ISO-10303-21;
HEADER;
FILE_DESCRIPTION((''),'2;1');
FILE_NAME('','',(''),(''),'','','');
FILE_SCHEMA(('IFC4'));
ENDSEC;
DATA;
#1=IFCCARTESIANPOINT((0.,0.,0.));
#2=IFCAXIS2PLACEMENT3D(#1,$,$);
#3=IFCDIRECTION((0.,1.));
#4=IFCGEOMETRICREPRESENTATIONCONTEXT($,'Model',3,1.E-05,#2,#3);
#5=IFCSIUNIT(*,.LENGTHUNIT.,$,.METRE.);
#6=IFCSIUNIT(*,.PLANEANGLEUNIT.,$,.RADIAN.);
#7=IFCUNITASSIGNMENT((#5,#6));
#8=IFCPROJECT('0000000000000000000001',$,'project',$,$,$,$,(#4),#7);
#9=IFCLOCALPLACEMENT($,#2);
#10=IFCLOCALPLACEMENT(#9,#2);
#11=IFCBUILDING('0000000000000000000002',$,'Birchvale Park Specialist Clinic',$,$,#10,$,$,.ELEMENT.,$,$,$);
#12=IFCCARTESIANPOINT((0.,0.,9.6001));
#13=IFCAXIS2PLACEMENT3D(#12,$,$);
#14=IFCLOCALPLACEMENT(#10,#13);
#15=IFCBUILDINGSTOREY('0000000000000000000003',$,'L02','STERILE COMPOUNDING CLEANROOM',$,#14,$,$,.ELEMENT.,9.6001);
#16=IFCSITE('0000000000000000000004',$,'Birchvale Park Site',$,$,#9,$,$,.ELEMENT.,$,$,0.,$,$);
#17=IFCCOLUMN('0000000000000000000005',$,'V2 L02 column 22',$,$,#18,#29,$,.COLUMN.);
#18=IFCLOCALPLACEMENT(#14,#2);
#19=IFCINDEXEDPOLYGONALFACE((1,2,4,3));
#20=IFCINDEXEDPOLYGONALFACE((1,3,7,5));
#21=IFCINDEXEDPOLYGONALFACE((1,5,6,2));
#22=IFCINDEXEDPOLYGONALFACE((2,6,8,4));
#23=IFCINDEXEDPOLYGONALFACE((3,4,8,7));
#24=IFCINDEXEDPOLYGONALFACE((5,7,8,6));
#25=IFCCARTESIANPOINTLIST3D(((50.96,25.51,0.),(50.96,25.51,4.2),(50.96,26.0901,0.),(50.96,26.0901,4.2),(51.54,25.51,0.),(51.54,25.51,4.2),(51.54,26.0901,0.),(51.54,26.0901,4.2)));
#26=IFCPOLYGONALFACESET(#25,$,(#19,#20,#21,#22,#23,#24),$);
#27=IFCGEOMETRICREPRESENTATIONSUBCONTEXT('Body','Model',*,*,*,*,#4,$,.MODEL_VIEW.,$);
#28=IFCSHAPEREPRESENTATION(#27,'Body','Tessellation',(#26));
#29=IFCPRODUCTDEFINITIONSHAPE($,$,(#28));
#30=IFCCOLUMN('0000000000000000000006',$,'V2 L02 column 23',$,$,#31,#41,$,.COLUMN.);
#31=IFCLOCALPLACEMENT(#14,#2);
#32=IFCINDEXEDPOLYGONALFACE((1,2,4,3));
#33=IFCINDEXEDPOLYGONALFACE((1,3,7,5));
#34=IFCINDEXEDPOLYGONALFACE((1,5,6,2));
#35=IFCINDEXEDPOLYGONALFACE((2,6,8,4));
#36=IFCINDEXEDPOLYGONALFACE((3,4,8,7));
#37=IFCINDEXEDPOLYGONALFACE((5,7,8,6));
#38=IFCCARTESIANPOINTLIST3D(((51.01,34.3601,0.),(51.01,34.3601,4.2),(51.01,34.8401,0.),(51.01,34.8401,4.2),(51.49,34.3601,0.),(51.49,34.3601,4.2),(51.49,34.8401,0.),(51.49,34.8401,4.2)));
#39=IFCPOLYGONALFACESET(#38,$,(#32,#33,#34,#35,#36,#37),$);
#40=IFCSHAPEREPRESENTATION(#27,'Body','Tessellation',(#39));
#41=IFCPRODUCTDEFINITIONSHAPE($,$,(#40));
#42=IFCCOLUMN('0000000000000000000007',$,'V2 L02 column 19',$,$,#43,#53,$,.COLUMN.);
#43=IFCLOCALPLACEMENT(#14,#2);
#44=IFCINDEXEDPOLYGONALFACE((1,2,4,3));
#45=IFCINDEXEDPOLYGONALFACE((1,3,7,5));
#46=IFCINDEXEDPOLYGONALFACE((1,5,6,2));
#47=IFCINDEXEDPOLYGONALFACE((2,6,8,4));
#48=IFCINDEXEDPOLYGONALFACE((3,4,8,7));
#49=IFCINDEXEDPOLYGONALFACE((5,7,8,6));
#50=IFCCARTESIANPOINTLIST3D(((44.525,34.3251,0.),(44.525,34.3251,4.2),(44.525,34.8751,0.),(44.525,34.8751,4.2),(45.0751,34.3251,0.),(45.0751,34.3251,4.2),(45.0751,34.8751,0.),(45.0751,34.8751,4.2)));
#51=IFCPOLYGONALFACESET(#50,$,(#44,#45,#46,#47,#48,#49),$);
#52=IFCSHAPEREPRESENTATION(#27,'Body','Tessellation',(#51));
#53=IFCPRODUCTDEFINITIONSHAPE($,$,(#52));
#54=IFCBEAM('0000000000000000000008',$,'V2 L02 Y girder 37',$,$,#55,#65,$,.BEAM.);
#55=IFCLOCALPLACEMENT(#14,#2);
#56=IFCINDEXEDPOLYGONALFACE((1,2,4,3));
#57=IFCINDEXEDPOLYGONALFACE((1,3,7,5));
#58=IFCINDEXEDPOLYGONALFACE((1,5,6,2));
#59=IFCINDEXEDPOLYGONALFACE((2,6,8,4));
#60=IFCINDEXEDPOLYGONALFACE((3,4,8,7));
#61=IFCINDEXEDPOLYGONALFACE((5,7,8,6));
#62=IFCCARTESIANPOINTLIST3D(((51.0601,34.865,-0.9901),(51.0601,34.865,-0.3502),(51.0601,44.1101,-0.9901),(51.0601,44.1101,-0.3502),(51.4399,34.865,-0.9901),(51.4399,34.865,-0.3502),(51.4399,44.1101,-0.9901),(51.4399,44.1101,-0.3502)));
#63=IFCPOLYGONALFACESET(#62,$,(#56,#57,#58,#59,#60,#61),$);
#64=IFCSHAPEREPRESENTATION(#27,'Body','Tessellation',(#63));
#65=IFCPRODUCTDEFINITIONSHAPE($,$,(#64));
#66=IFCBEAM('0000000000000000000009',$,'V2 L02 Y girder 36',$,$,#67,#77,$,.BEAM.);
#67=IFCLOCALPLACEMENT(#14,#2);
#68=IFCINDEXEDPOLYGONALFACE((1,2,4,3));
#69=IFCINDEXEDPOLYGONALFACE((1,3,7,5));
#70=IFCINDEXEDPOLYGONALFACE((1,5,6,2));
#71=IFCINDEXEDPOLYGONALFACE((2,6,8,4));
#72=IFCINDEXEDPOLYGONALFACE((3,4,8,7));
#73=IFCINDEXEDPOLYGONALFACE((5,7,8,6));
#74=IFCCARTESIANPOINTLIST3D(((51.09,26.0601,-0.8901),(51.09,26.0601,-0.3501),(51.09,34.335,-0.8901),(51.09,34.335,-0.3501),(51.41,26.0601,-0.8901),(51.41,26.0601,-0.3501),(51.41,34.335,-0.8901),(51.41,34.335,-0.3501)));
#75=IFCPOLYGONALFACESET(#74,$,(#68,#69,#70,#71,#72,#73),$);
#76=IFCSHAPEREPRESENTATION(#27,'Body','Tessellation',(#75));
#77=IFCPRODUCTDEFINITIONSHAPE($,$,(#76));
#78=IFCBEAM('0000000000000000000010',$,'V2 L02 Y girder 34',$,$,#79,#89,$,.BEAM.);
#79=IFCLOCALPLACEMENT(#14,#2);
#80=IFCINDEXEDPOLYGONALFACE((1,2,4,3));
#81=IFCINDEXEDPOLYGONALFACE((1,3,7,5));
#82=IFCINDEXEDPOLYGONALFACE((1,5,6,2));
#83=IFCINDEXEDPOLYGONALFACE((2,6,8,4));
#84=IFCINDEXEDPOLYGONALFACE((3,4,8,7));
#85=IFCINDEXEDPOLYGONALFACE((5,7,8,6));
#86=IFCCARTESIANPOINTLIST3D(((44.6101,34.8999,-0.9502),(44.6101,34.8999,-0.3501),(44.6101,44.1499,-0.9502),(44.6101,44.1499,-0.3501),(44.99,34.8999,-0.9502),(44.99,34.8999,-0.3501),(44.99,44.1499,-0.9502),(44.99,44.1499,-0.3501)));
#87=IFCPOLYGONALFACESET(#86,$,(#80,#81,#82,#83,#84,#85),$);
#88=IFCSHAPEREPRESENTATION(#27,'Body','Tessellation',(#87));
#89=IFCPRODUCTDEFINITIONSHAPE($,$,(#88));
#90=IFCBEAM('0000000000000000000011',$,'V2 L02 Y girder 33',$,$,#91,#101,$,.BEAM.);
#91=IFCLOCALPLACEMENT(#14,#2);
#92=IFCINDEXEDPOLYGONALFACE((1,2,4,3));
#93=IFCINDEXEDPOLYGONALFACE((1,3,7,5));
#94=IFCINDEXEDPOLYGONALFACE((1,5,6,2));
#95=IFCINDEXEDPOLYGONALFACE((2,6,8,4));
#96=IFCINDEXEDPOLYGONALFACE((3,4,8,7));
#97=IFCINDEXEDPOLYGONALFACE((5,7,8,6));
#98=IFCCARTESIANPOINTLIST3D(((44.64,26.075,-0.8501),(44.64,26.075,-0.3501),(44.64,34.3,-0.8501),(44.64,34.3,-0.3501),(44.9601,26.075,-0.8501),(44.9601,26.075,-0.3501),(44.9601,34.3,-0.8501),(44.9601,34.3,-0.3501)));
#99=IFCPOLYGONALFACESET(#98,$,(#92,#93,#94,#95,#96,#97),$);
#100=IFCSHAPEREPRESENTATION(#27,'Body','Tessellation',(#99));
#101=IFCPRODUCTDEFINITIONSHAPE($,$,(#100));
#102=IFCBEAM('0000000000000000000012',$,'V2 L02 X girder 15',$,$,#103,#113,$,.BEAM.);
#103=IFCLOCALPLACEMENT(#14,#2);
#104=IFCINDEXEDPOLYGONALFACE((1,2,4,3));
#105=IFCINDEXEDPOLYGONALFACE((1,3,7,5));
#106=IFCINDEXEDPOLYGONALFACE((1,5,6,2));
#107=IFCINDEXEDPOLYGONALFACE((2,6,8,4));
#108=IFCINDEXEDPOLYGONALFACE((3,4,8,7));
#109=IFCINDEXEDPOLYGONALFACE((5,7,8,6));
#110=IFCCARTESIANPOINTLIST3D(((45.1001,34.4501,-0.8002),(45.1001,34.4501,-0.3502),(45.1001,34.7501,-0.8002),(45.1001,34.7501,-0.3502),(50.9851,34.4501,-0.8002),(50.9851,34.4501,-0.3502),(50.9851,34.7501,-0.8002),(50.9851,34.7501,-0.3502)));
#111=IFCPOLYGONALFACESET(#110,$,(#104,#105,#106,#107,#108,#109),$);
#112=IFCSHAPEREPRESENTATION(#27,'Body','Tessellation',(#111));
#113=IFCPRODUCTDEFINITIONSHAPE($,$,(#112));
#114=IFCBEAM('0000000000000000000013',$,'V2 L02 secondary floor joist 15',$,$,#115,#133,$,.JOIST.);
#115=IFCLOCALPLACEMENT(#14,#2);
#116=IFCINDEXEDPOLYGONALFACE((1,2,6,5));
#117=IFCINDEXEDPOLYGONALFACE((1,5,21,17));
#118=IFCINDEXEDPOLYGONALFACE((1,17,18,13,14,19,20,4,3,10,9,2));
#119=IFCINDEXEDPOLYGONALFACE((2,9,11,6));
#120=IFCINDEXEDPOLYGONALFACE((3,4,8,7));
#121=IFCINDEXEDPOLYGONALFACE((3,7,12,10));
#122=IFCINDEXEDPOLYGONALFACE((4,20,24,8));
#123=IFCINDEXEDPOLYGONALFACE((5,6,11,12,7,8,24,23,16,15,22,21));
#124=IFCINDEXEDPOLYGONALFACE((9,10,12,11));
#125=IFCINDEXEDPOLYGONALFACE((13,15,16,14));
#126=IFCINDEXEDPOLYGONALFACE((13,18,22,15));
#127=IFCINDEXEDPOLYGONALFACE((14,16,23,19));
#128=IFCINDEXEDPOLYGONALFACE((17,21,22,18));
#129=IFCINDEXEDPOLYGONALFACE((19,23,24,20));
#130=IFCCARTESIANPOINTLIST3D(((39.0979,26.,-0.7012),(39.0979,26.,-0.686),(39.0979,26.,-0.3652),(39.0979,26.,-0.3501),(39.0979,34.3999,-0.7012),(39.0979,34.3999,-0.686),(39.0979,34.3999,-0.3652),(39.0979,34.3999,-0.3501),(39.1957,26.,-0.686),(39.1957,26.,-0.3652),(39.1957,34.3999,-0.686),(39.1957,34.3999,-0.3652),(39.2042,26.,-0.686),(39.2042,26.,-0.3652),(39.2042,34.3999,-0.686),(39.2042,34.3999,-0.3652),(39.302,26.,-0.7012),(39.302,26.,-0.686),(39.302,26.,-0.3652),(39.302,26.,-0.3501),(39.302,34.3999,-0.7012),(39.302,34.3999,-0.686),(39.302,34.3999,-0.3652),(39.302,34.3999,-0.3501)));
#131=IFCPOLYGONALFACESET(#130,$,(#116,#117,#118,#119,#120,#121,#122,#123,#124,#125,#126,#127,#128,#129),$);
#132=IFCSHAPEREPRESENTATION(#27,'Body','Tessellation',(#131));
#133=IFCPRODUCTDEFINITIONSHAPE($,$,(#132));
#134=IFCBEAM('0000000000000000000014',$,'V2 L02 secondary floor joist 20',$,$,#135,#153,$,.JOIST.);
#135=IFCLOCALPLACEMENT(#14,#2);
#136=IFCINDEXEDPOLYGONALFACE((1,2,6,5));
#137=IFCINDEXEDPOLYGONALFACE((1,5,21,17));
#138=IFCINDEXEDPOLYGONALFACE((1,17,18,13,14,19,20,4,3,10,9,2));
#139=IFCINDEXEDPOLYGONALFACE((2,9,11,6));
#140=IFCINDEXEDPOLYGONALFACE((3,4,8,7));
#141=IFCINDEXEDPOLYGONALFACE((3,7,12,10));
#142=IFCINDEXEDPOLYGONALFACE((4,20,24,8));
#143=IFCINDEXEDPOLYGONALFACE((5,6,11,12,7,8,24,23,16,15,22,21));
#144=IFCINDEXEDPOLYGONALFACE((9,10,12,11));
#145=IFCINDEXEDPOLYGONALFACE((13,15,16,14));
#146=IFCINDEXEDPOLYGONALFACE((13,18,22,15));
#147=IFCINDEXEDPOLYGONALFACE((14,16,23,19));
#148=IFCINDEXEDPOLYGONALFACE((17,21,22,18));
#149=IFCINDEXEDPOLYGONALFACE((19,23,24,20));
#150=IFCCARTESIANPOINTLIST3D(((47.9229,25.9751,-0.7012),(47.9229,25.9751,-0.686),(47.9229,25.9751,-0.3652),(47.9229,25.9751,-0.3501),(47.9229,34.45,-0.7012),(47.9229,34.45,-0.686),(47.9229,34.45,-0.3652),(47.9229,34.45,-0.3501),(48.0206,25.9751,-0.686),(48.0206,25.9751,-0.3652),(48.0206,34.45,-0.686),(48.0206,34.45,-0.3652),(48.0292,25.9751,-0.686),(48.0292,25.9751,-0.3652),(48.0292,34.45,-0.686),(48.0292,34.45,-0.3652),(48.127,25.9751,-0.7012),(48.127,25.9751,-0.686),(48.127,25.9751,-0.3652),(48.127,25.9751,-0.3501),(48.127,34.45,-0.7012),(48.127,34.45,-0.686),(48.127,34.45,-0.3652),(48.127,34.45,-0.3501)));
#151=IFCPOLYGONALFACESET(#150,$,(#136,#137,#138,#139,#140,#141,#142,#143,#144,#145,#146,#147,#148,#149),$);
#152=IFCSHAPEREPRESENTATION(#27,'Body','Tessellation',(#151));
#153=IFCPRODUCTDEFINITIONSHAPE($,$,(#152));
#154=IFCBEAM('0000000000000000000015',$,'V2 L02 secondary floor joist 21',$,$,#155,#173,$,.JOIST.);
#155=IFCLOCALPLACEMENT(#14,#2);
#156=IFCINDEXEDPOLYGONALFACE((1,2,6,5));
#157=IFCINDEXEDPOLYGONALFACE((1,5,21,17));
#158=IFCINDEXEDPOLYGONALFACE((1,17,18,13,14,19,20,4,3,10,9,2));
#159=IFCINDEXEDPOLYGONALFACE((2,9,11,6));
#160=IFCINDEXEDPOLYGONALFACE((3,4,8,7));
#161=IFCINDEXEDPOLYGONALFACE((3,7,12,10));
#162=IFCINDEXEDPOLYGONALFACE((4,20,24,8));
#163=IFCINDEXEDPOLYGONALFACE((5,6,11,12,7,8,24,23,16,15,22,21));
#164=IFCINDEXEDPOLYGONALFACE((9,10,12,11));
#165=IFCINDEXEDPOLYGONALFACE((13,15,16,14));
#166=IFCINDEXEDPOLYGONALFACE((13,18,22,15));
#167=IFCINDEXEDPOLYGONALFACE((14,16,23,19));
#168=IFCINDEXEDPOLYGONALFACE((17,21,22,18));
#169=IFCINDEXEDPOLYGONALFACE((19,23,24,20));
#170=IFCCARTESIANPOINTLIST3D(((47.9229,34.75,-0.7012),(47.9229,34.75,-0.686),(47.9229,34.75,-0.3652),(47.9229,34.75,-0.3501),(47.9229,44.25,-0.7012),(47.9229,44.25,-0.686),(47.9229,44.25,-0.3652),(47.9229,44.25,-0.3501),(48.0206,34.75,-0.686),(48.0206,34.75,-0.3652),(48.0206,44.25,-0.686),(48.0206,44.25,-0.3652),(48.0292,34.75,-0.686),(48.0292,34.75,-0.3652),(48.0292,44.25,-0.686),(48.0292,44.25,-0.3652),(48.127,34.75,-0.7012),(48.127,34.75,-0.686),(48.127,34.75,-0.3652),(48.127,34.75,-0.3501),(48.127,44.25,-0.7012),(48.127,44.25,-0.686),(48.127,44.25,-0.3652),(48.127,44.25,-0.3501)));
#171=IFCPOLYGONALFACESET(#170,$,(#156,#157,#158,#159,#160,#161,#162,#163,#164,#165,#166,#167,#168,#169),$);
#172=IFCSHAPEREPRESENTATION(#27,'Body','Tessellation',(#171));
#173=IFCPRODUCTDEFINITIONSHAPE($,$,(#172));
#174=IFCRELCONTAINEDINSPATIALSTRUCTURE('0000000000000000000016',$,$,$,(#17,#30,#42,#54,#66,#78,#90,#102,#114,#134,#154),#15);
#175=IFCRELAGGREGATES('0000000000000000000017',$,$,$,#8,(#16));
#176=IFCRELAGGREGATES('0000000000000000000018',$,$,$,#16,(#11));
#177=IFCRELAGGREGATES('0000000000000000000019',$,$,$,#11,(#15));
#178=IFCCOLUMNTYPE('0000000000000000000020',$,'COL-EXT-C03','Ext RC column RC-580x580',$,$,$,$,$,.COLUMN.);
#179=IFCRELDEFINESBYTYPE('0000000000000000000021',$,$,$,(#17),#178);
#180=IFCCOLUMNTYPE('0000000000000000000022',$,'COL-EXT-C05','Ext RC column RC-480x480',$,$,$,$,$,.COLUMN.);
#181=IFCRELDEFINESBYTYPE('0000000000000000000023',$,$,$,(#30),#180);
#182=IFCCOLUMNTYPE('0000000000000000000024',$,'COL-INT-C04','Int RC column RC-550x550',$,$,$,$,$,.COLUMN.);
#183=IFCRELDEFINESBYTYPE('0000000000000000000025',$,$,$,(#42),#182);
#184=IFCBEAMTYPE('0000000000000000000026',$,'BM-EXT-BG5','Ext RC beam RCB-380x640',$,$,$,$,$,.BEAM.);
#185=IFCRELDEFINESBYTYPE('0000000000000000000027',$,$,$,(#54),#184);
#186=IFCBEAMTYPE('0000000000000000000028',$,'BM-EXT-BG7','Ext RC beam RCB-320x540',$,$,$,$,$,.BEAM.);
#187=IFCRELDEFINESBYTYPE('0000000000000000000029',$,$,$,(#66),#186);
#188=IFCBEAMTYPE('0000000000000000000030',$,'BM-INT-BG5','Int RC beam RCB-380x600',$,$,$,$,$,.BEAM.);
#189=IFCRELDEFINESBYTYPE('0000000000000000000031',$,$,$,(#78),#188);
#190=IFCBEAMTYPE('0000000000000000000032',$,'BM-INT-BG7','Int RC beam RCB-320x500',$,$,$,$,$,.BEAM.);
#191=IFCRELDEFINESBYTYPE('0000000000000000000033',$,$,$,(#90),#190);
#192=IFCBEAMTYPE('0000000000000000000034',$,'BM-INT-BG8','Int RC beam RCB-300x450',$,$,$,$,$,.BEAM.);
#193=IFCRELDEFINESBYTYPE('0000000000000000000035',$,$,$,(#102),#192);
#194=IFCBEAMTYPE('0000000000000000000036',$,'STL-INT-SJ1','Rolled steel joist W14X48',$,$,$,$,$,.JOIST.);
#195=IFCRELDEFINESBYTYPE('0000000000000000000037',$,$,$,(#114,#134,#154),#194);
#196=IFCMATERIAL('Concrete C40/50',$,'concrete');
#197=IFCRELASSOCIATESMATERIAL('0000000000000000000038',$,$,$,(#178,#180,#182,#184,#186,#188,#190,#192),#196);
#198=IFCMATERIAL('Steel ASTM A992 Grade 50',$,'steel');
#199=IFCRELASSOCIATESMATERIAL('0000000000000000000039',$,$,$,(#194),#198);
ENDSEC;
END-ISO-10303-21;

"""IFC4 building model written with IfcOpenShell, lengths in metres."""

from ifc_helpers import new_model, si_unit, direction, frame, origin, origin_2d, place, context, subcontext, project, spatial, rectangle, i_section, extrude, material, material_profile, profile_set, type_object, element, save


model = new_model("IFC4")

# Units and contexts
model_context = context("Model", 3, precision=1e-05, world=origin(), true_north=direction((0.0, 1.0)))
body_context = subcontext(model_context, "Body", "Model", "MODEL_VIEW")
ifc_project = project(units=[si_unit("LENGTHUNIT", "METRE"), si_unit("PLANEANGLEUNIT", "RADIAN")], contexts=[model_context])

# Site, building, storey
site_placement = place(None, origin())
site = spatial("IfcSite", under=ifc_project, at=site_placement, Name="Birchvale Park Site", CompositionType="ELEMENT", RefElevation=0.0)
building_placement = place(site_placement, origin())
building = spatial("IfcBuilding", under=site, at=building_placement, Name="Birchvale Park Specialist Clinic", CompositionType="ELEMENT")
storey_placement = place(building_placement, frame((0.0, 0.0, 9.6001)))
storey = spatial("IfcBuildingStorey", under=building, at=storey_placement, Name="L02", Description="STERILE COMPOUNDING CLEANROOM", CompositionType="ELEMENT", Elevation=9.6001)

# Columns
ifc_material_1 = material(Name="Concrete C40/50", Category="concrete")
ifc_material_profile_1 = material_profile(ifc_material_1, rectangle(XDim=0.5801, YDim=0.5801, at=origin_2d()), Name="RC-580x580")
ifc_profile_set_1 = profile_set([ifc_material_profile_1], Name="Concrete C40/50")
column_type_1 = type_object("IfcColumnType", Name="COL-EXT-C03", Description="Ext RC column RC-580x580", PredefinedType="COLUMN", material=ifc_profile_set_1)
column_1_placement = place(storey_placement, frame((51.25, 25.8, 0.0), z_axis=(0.0, 0.0, 1.0), x_axis=(1.0, 0.0, 0.0)))
element("IfcColumn", 1, at=column_1_placement, inside=storey, type_object=column_type_1, Name="V2 L02 column 22", PredefinedType="COLUMN", context=body_context, shape_type="SweptSolid", body=[
    extrude(rectangle(XDim=0.5801, YDim=0.5801, at=origin_2d()), origin(), (0.0, 0.0, 1.0), 4.2),
])
ifc_material_profile_2 = material_profile(ifc_material_1, rectangle(XDim=0.48, YDim=0.48, at=origin_2d()), Name="RC-480x480")
ifc_profile_set_2 = profile_set([ifc_material_profile_2], Name="Concrete C40/50")
column_type_2 = type_object("IfcColumnType", Name="COL-EXT-C05", Description="Ext RC column RC-480x480", PredefinedType="COLUMN", material=ifc_profile_set_2)
column_2_placement = place(storey_placement, frame((51.25, 34.6001, 0.0), z_axis=(0.0, 0.0, 1.0), x_axis=(1.0, 0.0, 0.0)))
element("IfcColumn", 2, at=column_2_placement, inside=storey, type_object=column_type_2, Name="V2 L02 column 23", PredefinedType="COLUMN", context=body_context, shape_type="SweptSolid", body=[
    extrude(rectangle(XDim=0.48, YDim=0.48, at=origin_2d()), origin(), (0.0, 0.0, 1.0), 4.2),
])
ifc_material_profile_3 = material_profile(ifc_material_1, rectangle(XDim=0.55, YDim=0.55, at=origin_2d()), Name="RC-550x550")
ifc_profile_set_3 = profile_set([ifc_material_profile_3], Name="Concrete C40/50")
column_type_3 = type_object("IfcColumnType", Name="COL-INT-C04", Description="Int RC column RC-550x550", PredefinedType="COLUMN", material=ifc_profile_set_3)
column_3_placement = place(storey_placement, frame((44.8, 34.6001, 0.0), z_axis=(0.0, 0.0, 1.0), x_axis=(1.0, 0.0, 0.0)))
element("IfcColumn", 3, at=column_3_placement, inside=storey, type_object=column_type_3, Name="V2 L02 column 19", PredefinedType="COLUMN", context=body_context, shape_type="SweptSolid", body=[
    extrude(rectangle(XDim=0.55, YDim=0.55, at=origin_2d()), origin(), (0.0, 0.0, 1.0), 4.2),
])

# Beams
ifc_material_profile_4 = material_profile(ifc_material_1, rectangle(XDim=0.3799, YDim=0.6399, at=origin_2d()), Name="RCB-380x640")
ifc_profile_set_4 = profile_set([ifc_material_profile_4], Name="Concrete C40/50")
beam_type_1 = type_object("IfcBeamType", Name="BM-EXT-BG5", Description="Ext RC beam RCB-380x640", PredefinedType="BEAM", material=ifc_profile_set_4)
beam_1_placement = place(storey_placement, frame((51.25, 34.865, -0.6702), z_axis=(0.0, 1.0, 0.0), x_axis=(-1.0, 0.0, 0.0)))
element("IfcBeam", 4, at=beam_1_placement, inside=storey, type_object=beam_type_1, Name="V2 L02 Y girder 37", PredefinedType="BEAM", context=body_context, shape_type="SweptSolid", body=[
    extrude(rectangle(XDim=0.3799, YDim=0.6399, at=origin_2d()), origin(), (0.0, 0.0, 1.0), 9.2451),
])
ifc_material_profile_5 = material_profile(ifc_material_1, rectangle(XDim=0.3201, YDim=0.54, at=origin_2d()), Name="RCB-320x540")
ifc_profile_set_5 = profile_set([ifc_material_profile_5], Name="Concrete C40/50")
beam_type_2 = type_object("IfcBeamType", Name="BM-EXT-BG7", Description="Ext RC beam RCB-320x540", PredefinedType="BEAM", material=ifc_profile_set_5)
beam_2_placement = place(storey_placement, frame((51.25, 26.0601, -0.6201), z_axis=(0.0, 1.0, 0.0), x_axis=(-1.0, 0.0, 0.0)))
element("IfcBeam", 5, at=beam_2_placement, inside=storey, type_object=beam_type_2, Name="V2 L02 Y girder 36", PredefinedType="BEAM", context=body_context, shape_type="SweptSolid", body=[
    extrude(rectangle(XDim=0.3201, YDim=0.54, at=origin_2d()), origin(), (0.0, 0.0, 1.0), 8.2749),
])
ifc_material_profile_6 = material_profile(ifc_material_1, rectangle(XDim=0.3799, YDim=0.6001, at=origin_2d()), Name="RCB-380x600")
ifc_profile_set_6 = profile_set([ifc_material_profile_6], Name="Concrete C40/50")
beam_type_3 = type_object("IfcBeamType", Name="BM-INT-BG5", Description="Int RC beam RCB-380x600", PredefinedType="BEAM", material=ifc_profile_set_6)
beam_3_placement = place(storey_placement, frame((44.8, 34.8999, -0.6501), z_axis=(0.0, 1.0, 0.0), x_axis=(-1.0, 0.0, 0.0)))
element("IfcBeam", 6, at=beam_3_placement, inside=storey, type_object=beam_type_3, Name="V2 L02 Y girder 34", PredefinedType="BEAM", context=body_context, shape_type="SweptSolid", body=[
    extrude(rectangle(XDim=0.3799, YDim=0.6001, at=origin_2d()), origin(), (0.0, 0.0, 1.0), 9.25),
])
ifc_material_profile_7 = material_profile(ifc_material_1, rectangle(XDim=0.3201, YDim=0.5, at=origin_2d()), Name="RCB-320x500")
ifc_profile_set_7 = profile_set([ifc_material_profile_7], Name="Concrete C40/50")
beam_type_4 = type_object("IfcBeamType", Name="BM-INT-BG7", Description="Int RC beam RCB-320x500", PredefinedType="BEAM", material=ifc_profile_set_7)
beam_4_placement = place(storey_placement, frame((44.8, 26.075, -0.6001), z_axis=(0.0, 1.0, 0.0), x_axis=(-1.0, 0.0, 0.0)))
element("IfcBeam", 7, at=beam_4_placement, inside=storey, type_object=beam_type_4, Name="V2 L02 Y girder 33", PredefinedType="BEAM", context=body_context, shape_type="SweptSolid", body=[
    extrude(rectangle(XDim=0.3201, YDim=0.5, at=origin_2d()), origin(), (0.0, 0.0, 1.0), 8.2251),
])
ifc_material_profile_8 = material_profile(ifc_material_1, rectangle(XDim=0.3, YDim=0.45, at=origin_2d()), Name="RCB-300x450")
ifc_profile_set_8 = profile_set([ifc_material_profile_8], Name="Concrete C40/50")
beam_type_5 = type_object("IfcBeamType", Name="BM-INT-BG8", Description="Int RC beam RCB-300x450", PredefinedType="BEAM", material=ifc_profile_set_8)
beam_5_placement = place(storey_placement, frame((45.1001, 34.6001, -0.5752), z_axis=(1.0, 0.0, 0.0), x_axis=(0.0, 1.0, 0.0)))
element("IfcBeam", 8, at=beam_5_placement, inside=storey, type_object=beam_type_5, Name="V2 L02 X girder 15", PredefinedType="BEAM", context=body_context, shape_type="SweptSolid", body=[
    extrude(rectangle(XDim=0.3, YDim=0.45, at=origin_2d()), origin(), (0.0, 0.0, 1.0), 5.885),
])
ifc_material_2 = material(Name="Steel ASTM A992 Grade 50", Category="steel")
ifc_material_profile_9 = material_profile(ifc_material_2, i_section(OverallWidth=0.2041, OverallDepth=0.3511, WebThickness=0.0085, FlangeThickness=0.0151, at=origin_2d()), Name="W14X48")
ifc_profile_set_9 = profile_set([ifc_material_profile_9], Name="Steel ASTM A992 Grade 50")
beam_type_6 = type_object("IfcBeamType", Name="STL-INT-SJ1", Description="Rolled steel joist W14X48", PredefinedType="JOIST", material=ifc_profile_set_9)
beam_6_placement = place(storey_placement, frame((39.2, 26.0, -0.5256), z_axis=(0.0, 1.0, 0.0), x_axis=(-1.0, 0.0, 0.0)))
element("IfcBeam", 9, at=beam_6_placement, inside=storey, type_object=beam_type_6, Name="V2 L02 secondary floor joist 15", PredefinedType="JOIST", context=body_context, shape_type="SweptSolid", body=[
    extrude(i_section(OverallWidth=0.2041, OverallDepth=0.3511, WebThickness=0.0085, FlangeThickness=0.0151, at=origin_2d()), origin(), (0.0, 0.0, 1.0), 8.3999),
])
beam_7_placement = place(storey_placement, frame((48.0249, 25.9751, -0.5256), z_axis=(0.0, 1.0, 0.0), x_axis=(-1.0, 0.0, 0.0)))
element("IfcBeam", 10, at=beam_7_placement, inside=storey, type_object=beam_type_6, Name="V2 L02 secondary floor joist 20", PredefinedType="JOIST", context=body_context, shape_type="SweptSolid", body=[
    extrude(i_section(OverallWidth=0.2041, OverallDepth=0.3511, WebThickness=0.0085, FlangeThickness=0.0151, at=origin_2d()), origin(), (0.0, 0.0, 1.0), 8.4749),
])
beam_8_placement = place(storey_placement, frame((48.0249, 34.75, -0.5256), z_axis=(0.0, 1.0, 0.0), x_axis=(-1.0, 0.0, 0.0)))
element("IfcBeam", 11, at=beam_8_placement, inside=storey, type_object=beam_type_6, Name="V2 L02 secondary floor joist 21", PredefinedType="JOIST", context=body_context, shape_type="SweptSolid", body=[
    extrude(i_section(OverallWidth=0.2041, OverallDepth=0.3511, WebThickness=0.0085, FlangeThickness=0.0151, at=origin_2d()), origin(), (0.0, 0.0, 1.0), 9.5),
])

save(model, "model.ifc")
